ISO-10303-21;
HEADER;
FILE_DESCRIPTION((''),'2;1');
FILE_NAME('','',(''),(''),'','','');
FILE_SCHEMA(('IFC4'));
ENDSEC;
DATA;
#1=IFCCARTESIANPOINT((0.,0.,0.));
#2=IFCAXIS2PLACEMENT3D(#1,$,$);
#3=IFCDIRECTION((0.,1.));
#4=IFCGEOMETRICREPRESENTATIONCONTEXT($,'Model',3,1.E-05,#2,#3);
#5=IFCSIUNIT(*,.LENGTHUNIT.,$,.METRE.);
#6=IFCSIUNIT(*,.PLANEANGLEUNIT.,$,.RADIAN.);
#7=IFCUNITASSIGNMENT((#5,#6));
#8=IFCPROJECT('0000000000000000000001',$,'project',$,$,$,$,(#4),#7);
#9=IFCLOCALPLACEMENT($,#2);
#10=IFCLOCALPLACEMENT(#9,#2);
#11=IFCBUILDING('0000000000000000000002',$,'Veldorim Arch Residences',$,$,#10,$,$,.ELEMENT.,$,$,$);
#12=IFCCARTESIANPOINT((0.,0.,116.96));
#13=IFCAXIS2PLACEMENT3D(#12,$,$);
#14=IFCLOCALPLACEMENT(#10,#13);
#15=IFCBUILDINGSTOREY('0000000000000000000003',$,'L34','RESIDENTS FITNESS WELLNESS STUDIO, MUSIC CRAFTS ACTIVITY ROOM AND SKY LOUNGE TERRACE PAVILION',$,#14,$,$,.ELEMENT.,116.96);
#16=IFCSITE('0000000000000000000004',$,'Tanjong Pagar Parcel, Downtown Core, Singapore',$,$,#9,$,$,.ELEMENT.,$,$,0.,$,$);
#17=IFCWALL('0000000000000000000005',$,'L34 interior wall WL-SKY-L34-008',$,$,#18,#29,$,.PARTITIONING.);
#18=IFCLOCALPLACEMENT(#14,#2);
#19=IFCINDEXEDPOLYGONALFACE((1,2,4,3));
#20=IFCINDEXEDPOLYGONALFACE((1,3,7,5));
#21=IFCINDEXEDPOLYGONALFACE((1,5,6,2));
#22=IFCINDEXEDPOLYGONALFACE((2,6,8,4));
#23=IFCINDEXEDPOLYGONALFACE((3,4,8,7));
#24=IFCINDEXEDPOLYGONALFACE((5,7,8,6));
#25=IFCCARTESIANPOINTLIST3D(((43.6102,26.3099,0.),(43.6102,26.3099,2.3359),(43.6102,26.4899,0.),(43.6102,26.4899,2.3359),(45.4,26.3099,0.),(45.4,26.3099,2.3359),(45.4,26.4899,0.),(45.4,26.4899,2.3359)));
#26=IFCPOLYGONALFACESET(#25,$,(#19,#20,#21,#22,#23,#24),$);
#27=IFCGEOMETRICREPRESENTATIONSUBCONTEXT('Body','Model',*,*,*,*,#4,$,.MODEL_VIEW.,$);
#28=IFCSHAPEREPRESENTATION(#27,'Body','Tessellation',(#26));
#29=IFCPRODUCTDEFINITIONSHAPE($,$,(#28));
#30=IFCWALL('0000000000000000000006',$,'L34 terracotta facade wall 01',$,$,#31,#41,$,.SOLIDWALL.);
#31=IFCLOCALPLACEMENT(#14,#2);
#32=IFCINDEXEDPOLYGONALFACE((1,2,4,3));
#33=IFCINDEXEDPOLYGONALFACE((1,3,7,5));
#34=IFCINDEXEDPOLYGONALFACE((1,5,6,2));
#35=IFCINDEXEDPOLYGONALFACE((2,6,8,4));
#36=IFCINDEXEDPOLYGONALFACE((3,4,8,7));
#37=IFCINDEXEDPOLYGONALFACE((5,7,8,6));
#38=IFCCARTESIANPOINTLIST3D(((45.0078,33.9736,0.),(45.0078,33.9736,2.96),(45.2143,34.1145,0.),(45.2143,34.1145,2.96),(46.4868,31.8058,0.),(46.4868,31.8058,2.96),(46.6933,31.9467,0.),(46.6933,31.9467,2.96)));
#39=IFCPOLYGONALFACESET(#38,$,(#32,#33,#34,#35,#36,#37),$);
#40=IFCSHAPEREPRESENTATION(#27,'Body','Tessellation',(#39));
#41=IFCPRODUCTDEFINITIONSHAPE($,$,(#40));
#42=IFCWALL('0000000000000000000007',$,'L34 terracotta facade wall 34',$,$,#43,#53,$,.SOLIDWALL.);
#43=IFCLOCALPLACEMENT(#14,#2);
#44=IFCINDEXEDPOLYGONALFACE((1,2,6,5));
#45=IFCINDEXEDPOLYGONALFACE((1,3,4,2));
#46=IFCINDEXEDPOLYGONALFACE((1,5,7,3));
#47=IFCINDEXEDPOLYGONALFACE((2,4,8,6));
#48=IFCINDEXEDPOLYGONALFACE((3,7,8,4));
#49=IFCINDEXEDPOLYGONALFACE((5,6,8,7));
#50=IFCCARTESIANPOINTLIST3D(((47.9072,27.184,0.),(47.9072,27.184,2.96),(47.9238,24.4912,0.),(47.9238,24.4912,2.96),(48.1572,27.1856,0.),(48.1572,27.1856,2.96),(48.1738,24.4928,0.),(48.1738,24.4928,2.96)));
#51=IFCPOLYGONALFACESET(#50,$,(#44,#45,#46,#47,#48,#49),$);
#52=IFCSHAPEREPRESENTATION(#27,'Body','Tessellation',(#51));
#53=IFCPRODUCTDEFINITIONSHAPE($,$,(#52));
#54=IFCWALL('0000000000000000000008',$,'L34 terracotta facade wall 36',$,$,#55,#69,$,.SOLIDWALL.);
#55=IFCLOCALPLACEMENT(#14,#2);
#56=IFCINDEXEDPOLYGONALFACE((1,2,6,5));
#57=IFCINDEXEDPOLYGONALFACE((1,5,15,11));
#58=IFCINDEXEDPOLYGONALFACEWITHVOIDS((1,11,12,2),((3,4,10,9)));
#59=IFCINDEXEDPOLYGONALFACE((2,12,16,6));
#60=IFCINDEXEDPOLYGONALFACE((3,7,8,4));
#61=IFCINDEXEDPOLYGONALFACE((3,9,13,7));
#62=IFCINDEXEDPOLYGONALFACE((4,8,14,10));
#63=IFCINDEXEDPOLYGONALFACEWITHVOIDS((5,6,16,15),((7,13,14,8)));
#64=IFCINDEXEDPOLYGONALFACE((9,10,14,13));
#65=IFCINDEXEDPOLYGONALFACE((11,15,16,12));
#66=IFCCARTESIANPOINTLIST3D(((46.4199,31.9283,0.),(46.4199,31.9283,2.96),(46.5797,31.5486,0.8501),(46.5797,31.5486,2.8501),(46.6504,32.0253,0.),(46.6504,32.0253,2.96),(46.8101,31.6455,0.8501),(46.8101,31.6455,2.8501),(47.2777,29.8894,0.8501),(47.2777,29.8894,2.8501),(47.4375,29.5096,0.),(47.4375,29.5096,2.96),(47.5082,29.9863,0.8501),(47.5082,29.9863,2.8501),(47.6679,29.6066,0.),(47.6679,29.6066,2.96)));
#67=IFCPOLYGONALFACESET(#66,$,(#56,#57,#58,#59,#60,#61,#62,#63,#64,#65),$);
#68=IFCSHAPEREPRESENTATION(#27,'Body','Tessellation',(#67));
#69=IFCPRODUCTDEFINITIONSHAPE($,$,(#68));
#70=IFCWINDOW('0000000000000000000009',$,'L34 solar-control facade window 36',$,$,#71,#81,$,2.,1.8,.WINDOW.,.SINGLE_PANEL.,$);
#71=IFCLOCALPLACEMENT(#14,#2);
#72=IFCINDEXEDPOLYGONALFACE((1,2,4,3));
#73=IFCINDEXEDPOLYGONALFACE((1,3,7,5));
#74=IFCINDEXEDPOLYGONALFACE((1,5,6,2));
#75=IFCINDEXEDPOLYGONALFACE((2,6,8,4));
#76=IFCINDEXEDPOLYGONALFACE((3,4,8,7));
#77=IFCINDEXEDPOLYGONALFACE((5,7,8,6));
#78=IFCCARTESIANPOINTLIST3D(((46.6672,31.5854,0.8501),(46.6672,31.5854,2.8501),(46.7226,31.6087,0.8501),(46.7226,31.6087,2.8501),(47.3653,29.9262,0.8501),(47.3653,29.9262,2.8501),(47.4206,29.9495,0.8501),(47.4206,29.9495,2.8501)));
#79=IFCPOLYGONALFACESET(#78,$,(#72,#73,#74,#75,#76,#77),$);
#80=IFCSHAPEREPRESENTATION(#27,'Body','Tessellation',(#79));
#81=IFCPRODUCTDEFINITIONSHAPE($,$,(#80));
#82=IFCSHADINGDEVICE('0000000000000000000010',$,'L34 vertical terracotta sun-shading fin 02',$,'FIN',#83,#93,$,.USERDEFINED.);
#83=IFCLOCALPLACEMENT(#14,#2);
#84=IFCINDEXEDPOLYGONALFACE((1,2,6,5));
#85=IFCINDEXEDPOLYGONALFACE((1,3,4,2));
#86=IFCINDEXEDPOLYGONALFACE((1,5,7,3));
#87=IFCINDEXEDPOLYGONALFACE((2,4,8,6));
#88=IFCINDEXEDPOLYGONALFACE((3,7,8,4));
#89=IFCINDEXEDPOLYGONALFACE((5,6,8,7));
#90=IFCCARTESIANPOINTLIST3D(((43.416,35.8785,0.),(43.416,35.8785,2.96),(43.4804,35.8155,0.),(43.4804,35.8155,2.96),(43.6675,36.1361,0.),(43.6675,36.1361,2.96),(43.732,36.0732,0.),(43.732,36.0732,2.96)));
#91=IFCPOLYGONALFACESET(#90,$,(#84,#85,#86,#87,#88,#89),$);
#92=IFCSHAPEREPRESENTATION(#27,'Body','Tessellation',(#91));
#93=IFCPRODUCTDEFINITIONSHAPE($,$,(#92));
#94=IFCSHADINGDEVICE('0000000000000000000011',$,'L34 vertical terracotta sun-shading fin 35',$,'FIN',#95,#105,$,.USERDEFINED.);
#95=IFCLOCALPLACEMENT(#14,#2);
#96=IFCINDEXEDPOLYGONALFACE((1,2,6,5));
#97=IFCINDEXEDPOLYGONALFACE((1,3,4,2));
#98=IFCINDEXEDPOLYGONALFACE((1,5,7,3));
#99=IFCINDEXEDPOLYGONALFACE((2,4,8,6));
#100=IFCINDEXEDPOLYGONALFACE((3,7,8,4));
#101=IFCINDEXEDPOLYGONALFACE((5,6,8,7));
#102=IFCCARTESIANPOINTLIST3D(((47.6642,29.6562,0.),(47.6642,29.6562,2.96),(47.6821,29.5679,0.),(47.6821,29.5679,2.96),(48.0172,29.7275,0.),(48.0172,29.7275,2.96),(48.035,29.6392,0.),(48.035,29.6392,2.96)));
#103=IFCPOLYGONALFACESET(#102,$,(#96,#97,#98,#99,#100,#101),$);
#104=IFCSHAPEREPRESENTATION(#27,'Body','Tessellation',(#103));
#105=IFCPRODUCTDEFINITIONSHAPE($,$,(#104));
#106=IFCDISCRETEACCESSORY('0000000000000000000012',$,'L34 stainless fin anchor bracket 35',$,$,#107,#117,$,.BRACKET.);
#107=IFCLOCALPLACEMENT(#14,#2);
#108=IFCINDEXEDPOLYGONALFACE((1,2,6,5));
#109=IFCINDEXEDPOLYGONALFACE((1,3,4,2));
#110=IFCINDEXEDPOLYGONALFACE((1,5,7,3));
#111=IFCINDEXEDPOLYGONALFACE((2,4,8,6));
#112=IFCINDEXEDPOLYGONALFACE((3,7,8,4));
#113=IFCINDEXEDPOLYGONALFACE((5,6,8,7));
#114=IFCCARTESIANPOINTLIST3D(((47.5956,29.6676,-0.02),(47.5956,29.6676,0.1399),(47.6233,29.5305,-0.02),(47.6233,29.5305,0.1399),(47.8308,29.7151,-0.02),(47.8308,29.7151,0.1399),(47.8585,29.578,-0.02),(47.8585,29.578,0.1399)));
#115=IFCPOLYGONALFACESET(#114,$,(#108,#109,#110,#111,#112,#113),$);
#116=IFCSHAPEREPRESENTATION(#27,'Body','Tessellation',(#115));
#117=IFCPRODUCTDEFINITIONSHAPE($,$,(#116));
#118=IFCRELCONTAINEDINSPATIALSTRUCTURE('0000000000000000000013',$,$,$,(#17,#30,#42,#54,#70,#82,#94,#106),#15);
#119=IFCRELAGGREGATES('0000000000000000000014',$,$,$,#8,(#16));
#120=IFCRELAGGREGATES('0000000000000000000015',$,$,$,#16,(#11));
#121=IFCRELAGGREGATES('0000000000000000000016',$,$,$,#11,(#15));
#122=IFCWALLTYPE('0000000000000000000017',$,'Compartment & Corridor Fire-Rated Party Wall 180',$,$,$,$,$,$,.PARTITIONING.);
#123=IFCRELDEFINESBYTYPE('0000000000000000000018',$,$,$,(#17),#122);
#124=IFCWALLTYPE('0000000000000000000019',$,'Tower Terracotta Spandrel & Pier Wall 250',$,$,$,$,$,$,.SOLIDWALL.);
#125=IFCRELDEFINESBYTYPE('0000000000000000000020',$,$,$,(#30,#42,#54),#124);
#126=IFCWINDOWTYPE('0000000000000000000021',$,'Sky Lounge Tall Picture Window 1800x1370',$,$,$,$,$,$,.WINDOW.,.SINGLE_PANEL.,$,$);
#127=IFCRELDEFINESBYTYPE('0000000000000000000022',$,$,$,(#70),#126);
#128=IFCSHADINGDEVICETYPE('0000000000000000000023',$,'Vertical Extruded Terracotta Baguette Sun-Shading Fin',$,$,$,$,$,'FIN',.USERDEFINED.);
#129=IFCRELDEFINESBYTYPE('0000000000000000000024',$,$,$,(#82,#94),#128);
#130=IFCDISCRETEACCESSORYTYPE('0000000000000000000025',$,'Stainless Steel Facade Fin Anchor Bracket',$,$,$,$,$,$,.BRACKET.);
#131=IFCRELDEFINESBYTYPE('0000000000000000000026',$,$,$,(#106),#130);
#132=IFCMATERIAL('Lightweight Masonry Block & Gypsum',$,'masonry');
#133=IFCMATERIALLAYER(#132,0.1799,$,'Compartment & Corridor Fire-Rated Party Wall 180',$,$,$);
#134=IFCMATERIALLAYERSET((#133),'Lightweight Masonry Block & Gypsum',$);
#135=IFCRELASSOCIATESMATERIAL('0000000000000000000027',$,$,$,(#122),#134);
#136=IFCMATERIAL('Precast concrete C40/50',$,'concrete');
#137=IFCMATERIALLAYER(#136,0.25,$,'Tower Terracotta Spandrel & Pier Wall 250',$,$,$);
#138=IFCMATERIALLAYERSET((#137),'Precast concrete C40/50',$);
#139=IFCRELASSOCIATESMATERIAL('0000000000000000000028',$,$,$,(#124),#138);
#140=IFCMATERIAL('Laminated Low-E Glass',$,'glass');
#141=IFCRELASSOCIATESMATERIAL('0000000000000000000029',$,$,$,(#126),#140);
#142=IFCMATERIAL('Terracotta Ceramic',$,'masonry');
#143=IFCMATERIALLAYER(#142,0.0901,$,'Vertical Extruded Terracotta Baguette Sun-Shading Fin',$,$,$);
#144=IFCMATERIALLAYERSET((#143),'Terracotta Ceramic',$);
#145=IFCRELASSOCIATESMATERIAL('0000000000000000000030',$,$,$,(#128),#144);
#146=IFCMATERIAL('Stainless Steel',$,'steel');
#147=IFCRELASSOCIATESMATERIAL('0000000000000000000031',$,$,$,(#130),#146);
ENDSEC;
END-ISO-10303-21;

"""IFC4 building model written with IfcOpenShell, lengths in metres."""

from ifc_helpers import new_model, si_unit, direction, frame, frame_2d, origin, origin_2d, place, context, subcontext, project, spatial, rectangle, extrude, material, layer, layer_set, type_object, element, fill, save


model = new_model("IFC4")

# Units and contexts
model_context = context("Model", 3, precision=1e-05, world=origin(), true_north=direction((0.0, 1.0)))
body_context = subcontext(model_context, "Body", "Model", "MODEL_VIEW")
ifc_project = project(units=[si_unit("LENGTHUNIT", "METRE"), si_unit("PLANEANGLEUNIT", "RADIAN")], contexts=[model_context])

# Site, building, storey
site_placement = place(None, origin())
site = spatial("IfcSite", under=ifc_project, at=site_placement, Name="Tanjong Pagar Parcel, Downtown Core, Singapore", CompositionType="ELEMENT", RefElevation=0.0)
building_placement = place(site_placement, origin())
building = spatial("IfcBuilding", under=site, at=building_placement, Name="Veldorim Arch Residences", CompositionType="ELEMENT")
storey_placement = place(building_placement, frame((0.0, 0.0, 116.96)))
storey = spatial("IfcBuildingStorey", under=building, at=storey_placement, Name="L34", Description="RESIDENTS FITNESS WELLNESS STUDIO, MUSIC CRAFTS ACTIVITY ROOM AND SKY LOUNGE TERRACE PAVILION", CompositionType="ELEMENT", Elevation=116.96)

# Shared definitions
ifc_material_1 = material(Name="Lightweight Masonry Block & Gypsum", Category="masonry")
ifc_layer_1 = layer(ifc_material_1, 0.1799, Name="Compartment & Corridor Fire-Rated Party Wall 180")
ifc_layer_set_1 = layer_set([ifc_layer_1], Name="Lightweight Masonry Block & Gypsum")
wall_type_1 = type_object("IfcWallType", Name="Compartment & Corridor Fire-Rated Party Wall 180", PredefinedType="PARTITIONING", material=ifc_layer_set_1)

# Walls
wall_1_placement = place(storey_placement, frame((43.6101, 26.3999, 0.0), z_axis=(0.0, 0.0, 1.0), x_axis=(1.0, 0.0, 0.0)))
element("IfcWall", 1, at=wall_1_placement, inside=storey, type_object=wall_type_1, Name="L34 interior wall WL-SKY-L34-008", PredefinedType="PARTITIONING", context=body_context, shape_type="SweptSolid", body=[
    extrude(rectangle(XDim=1.7898, YDim=0.1799, at=frame_2d((0.895, 0.0))), origin(), (0.0, 0.0, 1.0), 2.3359),
])
ifc_material_2 = material(Name="Precast concrete C40/50", Category="concrete")
ifc_layer_2 = layer(ifc_material_2, 0.25, Name="Tower Terracotta Spandrel & Pier Wall 250")
ifc_layer_set_2 = layer_set([ifc_layer_2], Name="Precast concrete C40/50")
wall_type_2 = type_object("IfcWallType", Name="Tower Terracotta Spandrel & Pier Wall 250", PredefinedType="SOLIDWALL", material=ifc_layer_set_2)
wall_2_placement = place(storey_placement, frame((45.1111, 34.0439, 0.0), z_axis=(0.0, 0.0, 1.0), x_axis=(0.563599, -0.826048, 0.0)))
element("IfcWall", 2, at=wall_2_placement, inside=storey, type_object=wall_type_2, Name="L34 terracotta facade wall 01", PredefinedType="SOLIDWALL", context=body_context, shape_type="SweptSolid", body=[
    extrude(rectangle(XDim=2.6243, YDim=0.25, at=frame_2d((1.312, 0.0))), origin(), (0.0, 0.0, 1.0), 2.96),
])
wall_3_placement = place(storey_placement, frame((48.0322, 27.1848, 0.0), z_axis=(0.0, 0.0, 1.0), x_axis=(0.006165, -0.999981, 0.0)))
element("IfcWall", 3, at=wall_3_placement, inside=storey, type_object=wall_type_2, Name="L34 terracotta facade wall 34", PredefinedType="SOLIDWALL", context=body_context, shape_type="SweptSolid", body=[
    extrude(rectangle(XDim=2.6929, YDim=0.25, at=frame_2d((1.3464, 0.0))), origin(), (0.0, 0.0, 1.0), 2.96),
])

# Wall, opening, window
wall_4_placement = place(storey_placement, frame((46.5352, 31.9768, 0.0), z_axis=(0.0, 0.0, 1.0), x_axis=(0.387791, -0.921747, 0.0)))
wall_4 = element("IfcWall", 4, at=wall_4_placement, inside=storey, type_object=wall_type_2, Name="L34 terracotta facade wall 36", PredefinedType="SOLIDWALL", context=body_context, shape_type="SweptSolid", body=[
    extrude(rectangle(XDim=2.624, YDim=0.25, at=frame_2d((1.312, 0.0))), origin(), (0.0, 0.0, 1.0), 2.96),
])
opening_1_placement = place(wall_4_placement, frame((0.4121, 0.0, 0.8501)))
opening_1 = element("IfcOpeningElement", 5, at=opening_1_placement, cuts=wall_4, PredefinedType="OPENING", context=body_context, shape_type="SweptSolid", body=[
    extrude(rectangle(XDim=1.8, YDim=2.0, at=frame_2d((0.8999, 1.0))), frame((0.0, 0.135, 0.0), z_axis=(0.0, -1.0, 0.0), x_axis=(1.0, 0.0, 0.0)), (0.0, 0.0, 1.0), 0.27),
])
ifc_material_3 = material(Name="Laminated Low-E Glass", Category="glass")
window_type = type_object("IfcWindowType", Name="Sky Lounge Tall Picture Window 1800x1370", PartitioningType="SINGLE_PANEL", PredefinedType="WINDOW", material=ifc_material_3)
window_placement = place(opening_1_placement, origin())
window = element("IfcWindow", 6, at=window_placement, inside=storey, type_object=window_type, Name="L34 solar-control facade window 36", OverallHeight=2.0, OverallWidth=1.8, PartitioningType="SINGLE_PANEL", PredefinedType="WINDOW", context=body_context, shape_type="SweptSolid", body=[
    extrude(rectangle(XDim=1.8, YDim=2.0, at=frame_2d((0.8999, 1.0))), frame((0.0, 0.03, 0.0), z_axis=(0.0, -1.0, 0.0), x_axis=(1.0, 0.0, 0.0)), (0.0, 0.0, 1.0), 0.0601),
])
fill(opening_1, window)

# Shading devices
ifc_material_4 = material(Name="Terracotta Ceramic", Category="masonry")
ifc_layer_3 = layer(ifc_material_4, 0.0901, Name="Vertical Extruded Terracotta Baguette Sun-Shading Fin")
ifc_layer_set_3 = layer_set([ifc_layer_3], Name="Terracotta Ceramic")
shading_device_type = type_object("IfcShadingDeviceType", Name="Vertical Extruded Terracotta Baguette Sun-Shading Fin", ElementType="FIN", PredefinedType="USERDEFINED", material=ifc_layer_set_3)
for number, where, z_axis, x_axis, name in (
    (7, (43.574, 35.9758, 0.0), (0.0, 0.0, 1.0), (0.715571, -0.69854, 0.0), "L34 vertical terracotta sun-shading fin 02"),
    (8, (47.8496, 29.6477, 0.0), (0.0, 0.0, 1.0), (0.198171, -0.980168, 0.0), "L34 vertical terracotta sun-shading fin 35"),
):
    element("IfcShadingDevice", number, at=place(storey_placement, frame(where, z_axis=z_axis, x_axis=x_axis)), inside=storey, type_object=shading_device_type, Name=name, ObjectType="FIN", PredefinedType="USERDEFINED", context=body_context, shape_type="SweptSolid", body=[
        extrude(rectangle(XDim=0.0901, YDim=0.3601, at=origin_2d()), origin(), (0.0, 0.0, 1.0), 2.96),
    ])

# Discrete accessory
ifc_material_5 = material(Name="Stainless Steel", Category="steel")
discrete_accessory_type = type_object("IfcDiscreteAccessoryType", Name="Stainless Steel Facade Fin Anchor Bracket", PredefinedType="BRACKET", material=ifc_material_5)
discrete_accessory_placement = place(storey_placement, frame((47.7271, 29.6228, -0.02), z_axis=(0.0, 0.0, 1.0), x_axis=(0.198171, -0.980168, 0.0)))
element("IfcDiscreteAccessory", 9, at=discrete_accessory_placement, inside=storey, type_object=discrete_accessory_type, Name="L34 stainless fin anchor bracket 35", PredefinedType="BRACKET", context=body_context, shape_type="SweptSolid", body=[
    extrude(rectangle(XDim=0.1399, YDim=0.24, at=origin_2d()), origin(), (0.0, 0.0, 1.0), 0.1599),
])

save(model, "model.ifc")
